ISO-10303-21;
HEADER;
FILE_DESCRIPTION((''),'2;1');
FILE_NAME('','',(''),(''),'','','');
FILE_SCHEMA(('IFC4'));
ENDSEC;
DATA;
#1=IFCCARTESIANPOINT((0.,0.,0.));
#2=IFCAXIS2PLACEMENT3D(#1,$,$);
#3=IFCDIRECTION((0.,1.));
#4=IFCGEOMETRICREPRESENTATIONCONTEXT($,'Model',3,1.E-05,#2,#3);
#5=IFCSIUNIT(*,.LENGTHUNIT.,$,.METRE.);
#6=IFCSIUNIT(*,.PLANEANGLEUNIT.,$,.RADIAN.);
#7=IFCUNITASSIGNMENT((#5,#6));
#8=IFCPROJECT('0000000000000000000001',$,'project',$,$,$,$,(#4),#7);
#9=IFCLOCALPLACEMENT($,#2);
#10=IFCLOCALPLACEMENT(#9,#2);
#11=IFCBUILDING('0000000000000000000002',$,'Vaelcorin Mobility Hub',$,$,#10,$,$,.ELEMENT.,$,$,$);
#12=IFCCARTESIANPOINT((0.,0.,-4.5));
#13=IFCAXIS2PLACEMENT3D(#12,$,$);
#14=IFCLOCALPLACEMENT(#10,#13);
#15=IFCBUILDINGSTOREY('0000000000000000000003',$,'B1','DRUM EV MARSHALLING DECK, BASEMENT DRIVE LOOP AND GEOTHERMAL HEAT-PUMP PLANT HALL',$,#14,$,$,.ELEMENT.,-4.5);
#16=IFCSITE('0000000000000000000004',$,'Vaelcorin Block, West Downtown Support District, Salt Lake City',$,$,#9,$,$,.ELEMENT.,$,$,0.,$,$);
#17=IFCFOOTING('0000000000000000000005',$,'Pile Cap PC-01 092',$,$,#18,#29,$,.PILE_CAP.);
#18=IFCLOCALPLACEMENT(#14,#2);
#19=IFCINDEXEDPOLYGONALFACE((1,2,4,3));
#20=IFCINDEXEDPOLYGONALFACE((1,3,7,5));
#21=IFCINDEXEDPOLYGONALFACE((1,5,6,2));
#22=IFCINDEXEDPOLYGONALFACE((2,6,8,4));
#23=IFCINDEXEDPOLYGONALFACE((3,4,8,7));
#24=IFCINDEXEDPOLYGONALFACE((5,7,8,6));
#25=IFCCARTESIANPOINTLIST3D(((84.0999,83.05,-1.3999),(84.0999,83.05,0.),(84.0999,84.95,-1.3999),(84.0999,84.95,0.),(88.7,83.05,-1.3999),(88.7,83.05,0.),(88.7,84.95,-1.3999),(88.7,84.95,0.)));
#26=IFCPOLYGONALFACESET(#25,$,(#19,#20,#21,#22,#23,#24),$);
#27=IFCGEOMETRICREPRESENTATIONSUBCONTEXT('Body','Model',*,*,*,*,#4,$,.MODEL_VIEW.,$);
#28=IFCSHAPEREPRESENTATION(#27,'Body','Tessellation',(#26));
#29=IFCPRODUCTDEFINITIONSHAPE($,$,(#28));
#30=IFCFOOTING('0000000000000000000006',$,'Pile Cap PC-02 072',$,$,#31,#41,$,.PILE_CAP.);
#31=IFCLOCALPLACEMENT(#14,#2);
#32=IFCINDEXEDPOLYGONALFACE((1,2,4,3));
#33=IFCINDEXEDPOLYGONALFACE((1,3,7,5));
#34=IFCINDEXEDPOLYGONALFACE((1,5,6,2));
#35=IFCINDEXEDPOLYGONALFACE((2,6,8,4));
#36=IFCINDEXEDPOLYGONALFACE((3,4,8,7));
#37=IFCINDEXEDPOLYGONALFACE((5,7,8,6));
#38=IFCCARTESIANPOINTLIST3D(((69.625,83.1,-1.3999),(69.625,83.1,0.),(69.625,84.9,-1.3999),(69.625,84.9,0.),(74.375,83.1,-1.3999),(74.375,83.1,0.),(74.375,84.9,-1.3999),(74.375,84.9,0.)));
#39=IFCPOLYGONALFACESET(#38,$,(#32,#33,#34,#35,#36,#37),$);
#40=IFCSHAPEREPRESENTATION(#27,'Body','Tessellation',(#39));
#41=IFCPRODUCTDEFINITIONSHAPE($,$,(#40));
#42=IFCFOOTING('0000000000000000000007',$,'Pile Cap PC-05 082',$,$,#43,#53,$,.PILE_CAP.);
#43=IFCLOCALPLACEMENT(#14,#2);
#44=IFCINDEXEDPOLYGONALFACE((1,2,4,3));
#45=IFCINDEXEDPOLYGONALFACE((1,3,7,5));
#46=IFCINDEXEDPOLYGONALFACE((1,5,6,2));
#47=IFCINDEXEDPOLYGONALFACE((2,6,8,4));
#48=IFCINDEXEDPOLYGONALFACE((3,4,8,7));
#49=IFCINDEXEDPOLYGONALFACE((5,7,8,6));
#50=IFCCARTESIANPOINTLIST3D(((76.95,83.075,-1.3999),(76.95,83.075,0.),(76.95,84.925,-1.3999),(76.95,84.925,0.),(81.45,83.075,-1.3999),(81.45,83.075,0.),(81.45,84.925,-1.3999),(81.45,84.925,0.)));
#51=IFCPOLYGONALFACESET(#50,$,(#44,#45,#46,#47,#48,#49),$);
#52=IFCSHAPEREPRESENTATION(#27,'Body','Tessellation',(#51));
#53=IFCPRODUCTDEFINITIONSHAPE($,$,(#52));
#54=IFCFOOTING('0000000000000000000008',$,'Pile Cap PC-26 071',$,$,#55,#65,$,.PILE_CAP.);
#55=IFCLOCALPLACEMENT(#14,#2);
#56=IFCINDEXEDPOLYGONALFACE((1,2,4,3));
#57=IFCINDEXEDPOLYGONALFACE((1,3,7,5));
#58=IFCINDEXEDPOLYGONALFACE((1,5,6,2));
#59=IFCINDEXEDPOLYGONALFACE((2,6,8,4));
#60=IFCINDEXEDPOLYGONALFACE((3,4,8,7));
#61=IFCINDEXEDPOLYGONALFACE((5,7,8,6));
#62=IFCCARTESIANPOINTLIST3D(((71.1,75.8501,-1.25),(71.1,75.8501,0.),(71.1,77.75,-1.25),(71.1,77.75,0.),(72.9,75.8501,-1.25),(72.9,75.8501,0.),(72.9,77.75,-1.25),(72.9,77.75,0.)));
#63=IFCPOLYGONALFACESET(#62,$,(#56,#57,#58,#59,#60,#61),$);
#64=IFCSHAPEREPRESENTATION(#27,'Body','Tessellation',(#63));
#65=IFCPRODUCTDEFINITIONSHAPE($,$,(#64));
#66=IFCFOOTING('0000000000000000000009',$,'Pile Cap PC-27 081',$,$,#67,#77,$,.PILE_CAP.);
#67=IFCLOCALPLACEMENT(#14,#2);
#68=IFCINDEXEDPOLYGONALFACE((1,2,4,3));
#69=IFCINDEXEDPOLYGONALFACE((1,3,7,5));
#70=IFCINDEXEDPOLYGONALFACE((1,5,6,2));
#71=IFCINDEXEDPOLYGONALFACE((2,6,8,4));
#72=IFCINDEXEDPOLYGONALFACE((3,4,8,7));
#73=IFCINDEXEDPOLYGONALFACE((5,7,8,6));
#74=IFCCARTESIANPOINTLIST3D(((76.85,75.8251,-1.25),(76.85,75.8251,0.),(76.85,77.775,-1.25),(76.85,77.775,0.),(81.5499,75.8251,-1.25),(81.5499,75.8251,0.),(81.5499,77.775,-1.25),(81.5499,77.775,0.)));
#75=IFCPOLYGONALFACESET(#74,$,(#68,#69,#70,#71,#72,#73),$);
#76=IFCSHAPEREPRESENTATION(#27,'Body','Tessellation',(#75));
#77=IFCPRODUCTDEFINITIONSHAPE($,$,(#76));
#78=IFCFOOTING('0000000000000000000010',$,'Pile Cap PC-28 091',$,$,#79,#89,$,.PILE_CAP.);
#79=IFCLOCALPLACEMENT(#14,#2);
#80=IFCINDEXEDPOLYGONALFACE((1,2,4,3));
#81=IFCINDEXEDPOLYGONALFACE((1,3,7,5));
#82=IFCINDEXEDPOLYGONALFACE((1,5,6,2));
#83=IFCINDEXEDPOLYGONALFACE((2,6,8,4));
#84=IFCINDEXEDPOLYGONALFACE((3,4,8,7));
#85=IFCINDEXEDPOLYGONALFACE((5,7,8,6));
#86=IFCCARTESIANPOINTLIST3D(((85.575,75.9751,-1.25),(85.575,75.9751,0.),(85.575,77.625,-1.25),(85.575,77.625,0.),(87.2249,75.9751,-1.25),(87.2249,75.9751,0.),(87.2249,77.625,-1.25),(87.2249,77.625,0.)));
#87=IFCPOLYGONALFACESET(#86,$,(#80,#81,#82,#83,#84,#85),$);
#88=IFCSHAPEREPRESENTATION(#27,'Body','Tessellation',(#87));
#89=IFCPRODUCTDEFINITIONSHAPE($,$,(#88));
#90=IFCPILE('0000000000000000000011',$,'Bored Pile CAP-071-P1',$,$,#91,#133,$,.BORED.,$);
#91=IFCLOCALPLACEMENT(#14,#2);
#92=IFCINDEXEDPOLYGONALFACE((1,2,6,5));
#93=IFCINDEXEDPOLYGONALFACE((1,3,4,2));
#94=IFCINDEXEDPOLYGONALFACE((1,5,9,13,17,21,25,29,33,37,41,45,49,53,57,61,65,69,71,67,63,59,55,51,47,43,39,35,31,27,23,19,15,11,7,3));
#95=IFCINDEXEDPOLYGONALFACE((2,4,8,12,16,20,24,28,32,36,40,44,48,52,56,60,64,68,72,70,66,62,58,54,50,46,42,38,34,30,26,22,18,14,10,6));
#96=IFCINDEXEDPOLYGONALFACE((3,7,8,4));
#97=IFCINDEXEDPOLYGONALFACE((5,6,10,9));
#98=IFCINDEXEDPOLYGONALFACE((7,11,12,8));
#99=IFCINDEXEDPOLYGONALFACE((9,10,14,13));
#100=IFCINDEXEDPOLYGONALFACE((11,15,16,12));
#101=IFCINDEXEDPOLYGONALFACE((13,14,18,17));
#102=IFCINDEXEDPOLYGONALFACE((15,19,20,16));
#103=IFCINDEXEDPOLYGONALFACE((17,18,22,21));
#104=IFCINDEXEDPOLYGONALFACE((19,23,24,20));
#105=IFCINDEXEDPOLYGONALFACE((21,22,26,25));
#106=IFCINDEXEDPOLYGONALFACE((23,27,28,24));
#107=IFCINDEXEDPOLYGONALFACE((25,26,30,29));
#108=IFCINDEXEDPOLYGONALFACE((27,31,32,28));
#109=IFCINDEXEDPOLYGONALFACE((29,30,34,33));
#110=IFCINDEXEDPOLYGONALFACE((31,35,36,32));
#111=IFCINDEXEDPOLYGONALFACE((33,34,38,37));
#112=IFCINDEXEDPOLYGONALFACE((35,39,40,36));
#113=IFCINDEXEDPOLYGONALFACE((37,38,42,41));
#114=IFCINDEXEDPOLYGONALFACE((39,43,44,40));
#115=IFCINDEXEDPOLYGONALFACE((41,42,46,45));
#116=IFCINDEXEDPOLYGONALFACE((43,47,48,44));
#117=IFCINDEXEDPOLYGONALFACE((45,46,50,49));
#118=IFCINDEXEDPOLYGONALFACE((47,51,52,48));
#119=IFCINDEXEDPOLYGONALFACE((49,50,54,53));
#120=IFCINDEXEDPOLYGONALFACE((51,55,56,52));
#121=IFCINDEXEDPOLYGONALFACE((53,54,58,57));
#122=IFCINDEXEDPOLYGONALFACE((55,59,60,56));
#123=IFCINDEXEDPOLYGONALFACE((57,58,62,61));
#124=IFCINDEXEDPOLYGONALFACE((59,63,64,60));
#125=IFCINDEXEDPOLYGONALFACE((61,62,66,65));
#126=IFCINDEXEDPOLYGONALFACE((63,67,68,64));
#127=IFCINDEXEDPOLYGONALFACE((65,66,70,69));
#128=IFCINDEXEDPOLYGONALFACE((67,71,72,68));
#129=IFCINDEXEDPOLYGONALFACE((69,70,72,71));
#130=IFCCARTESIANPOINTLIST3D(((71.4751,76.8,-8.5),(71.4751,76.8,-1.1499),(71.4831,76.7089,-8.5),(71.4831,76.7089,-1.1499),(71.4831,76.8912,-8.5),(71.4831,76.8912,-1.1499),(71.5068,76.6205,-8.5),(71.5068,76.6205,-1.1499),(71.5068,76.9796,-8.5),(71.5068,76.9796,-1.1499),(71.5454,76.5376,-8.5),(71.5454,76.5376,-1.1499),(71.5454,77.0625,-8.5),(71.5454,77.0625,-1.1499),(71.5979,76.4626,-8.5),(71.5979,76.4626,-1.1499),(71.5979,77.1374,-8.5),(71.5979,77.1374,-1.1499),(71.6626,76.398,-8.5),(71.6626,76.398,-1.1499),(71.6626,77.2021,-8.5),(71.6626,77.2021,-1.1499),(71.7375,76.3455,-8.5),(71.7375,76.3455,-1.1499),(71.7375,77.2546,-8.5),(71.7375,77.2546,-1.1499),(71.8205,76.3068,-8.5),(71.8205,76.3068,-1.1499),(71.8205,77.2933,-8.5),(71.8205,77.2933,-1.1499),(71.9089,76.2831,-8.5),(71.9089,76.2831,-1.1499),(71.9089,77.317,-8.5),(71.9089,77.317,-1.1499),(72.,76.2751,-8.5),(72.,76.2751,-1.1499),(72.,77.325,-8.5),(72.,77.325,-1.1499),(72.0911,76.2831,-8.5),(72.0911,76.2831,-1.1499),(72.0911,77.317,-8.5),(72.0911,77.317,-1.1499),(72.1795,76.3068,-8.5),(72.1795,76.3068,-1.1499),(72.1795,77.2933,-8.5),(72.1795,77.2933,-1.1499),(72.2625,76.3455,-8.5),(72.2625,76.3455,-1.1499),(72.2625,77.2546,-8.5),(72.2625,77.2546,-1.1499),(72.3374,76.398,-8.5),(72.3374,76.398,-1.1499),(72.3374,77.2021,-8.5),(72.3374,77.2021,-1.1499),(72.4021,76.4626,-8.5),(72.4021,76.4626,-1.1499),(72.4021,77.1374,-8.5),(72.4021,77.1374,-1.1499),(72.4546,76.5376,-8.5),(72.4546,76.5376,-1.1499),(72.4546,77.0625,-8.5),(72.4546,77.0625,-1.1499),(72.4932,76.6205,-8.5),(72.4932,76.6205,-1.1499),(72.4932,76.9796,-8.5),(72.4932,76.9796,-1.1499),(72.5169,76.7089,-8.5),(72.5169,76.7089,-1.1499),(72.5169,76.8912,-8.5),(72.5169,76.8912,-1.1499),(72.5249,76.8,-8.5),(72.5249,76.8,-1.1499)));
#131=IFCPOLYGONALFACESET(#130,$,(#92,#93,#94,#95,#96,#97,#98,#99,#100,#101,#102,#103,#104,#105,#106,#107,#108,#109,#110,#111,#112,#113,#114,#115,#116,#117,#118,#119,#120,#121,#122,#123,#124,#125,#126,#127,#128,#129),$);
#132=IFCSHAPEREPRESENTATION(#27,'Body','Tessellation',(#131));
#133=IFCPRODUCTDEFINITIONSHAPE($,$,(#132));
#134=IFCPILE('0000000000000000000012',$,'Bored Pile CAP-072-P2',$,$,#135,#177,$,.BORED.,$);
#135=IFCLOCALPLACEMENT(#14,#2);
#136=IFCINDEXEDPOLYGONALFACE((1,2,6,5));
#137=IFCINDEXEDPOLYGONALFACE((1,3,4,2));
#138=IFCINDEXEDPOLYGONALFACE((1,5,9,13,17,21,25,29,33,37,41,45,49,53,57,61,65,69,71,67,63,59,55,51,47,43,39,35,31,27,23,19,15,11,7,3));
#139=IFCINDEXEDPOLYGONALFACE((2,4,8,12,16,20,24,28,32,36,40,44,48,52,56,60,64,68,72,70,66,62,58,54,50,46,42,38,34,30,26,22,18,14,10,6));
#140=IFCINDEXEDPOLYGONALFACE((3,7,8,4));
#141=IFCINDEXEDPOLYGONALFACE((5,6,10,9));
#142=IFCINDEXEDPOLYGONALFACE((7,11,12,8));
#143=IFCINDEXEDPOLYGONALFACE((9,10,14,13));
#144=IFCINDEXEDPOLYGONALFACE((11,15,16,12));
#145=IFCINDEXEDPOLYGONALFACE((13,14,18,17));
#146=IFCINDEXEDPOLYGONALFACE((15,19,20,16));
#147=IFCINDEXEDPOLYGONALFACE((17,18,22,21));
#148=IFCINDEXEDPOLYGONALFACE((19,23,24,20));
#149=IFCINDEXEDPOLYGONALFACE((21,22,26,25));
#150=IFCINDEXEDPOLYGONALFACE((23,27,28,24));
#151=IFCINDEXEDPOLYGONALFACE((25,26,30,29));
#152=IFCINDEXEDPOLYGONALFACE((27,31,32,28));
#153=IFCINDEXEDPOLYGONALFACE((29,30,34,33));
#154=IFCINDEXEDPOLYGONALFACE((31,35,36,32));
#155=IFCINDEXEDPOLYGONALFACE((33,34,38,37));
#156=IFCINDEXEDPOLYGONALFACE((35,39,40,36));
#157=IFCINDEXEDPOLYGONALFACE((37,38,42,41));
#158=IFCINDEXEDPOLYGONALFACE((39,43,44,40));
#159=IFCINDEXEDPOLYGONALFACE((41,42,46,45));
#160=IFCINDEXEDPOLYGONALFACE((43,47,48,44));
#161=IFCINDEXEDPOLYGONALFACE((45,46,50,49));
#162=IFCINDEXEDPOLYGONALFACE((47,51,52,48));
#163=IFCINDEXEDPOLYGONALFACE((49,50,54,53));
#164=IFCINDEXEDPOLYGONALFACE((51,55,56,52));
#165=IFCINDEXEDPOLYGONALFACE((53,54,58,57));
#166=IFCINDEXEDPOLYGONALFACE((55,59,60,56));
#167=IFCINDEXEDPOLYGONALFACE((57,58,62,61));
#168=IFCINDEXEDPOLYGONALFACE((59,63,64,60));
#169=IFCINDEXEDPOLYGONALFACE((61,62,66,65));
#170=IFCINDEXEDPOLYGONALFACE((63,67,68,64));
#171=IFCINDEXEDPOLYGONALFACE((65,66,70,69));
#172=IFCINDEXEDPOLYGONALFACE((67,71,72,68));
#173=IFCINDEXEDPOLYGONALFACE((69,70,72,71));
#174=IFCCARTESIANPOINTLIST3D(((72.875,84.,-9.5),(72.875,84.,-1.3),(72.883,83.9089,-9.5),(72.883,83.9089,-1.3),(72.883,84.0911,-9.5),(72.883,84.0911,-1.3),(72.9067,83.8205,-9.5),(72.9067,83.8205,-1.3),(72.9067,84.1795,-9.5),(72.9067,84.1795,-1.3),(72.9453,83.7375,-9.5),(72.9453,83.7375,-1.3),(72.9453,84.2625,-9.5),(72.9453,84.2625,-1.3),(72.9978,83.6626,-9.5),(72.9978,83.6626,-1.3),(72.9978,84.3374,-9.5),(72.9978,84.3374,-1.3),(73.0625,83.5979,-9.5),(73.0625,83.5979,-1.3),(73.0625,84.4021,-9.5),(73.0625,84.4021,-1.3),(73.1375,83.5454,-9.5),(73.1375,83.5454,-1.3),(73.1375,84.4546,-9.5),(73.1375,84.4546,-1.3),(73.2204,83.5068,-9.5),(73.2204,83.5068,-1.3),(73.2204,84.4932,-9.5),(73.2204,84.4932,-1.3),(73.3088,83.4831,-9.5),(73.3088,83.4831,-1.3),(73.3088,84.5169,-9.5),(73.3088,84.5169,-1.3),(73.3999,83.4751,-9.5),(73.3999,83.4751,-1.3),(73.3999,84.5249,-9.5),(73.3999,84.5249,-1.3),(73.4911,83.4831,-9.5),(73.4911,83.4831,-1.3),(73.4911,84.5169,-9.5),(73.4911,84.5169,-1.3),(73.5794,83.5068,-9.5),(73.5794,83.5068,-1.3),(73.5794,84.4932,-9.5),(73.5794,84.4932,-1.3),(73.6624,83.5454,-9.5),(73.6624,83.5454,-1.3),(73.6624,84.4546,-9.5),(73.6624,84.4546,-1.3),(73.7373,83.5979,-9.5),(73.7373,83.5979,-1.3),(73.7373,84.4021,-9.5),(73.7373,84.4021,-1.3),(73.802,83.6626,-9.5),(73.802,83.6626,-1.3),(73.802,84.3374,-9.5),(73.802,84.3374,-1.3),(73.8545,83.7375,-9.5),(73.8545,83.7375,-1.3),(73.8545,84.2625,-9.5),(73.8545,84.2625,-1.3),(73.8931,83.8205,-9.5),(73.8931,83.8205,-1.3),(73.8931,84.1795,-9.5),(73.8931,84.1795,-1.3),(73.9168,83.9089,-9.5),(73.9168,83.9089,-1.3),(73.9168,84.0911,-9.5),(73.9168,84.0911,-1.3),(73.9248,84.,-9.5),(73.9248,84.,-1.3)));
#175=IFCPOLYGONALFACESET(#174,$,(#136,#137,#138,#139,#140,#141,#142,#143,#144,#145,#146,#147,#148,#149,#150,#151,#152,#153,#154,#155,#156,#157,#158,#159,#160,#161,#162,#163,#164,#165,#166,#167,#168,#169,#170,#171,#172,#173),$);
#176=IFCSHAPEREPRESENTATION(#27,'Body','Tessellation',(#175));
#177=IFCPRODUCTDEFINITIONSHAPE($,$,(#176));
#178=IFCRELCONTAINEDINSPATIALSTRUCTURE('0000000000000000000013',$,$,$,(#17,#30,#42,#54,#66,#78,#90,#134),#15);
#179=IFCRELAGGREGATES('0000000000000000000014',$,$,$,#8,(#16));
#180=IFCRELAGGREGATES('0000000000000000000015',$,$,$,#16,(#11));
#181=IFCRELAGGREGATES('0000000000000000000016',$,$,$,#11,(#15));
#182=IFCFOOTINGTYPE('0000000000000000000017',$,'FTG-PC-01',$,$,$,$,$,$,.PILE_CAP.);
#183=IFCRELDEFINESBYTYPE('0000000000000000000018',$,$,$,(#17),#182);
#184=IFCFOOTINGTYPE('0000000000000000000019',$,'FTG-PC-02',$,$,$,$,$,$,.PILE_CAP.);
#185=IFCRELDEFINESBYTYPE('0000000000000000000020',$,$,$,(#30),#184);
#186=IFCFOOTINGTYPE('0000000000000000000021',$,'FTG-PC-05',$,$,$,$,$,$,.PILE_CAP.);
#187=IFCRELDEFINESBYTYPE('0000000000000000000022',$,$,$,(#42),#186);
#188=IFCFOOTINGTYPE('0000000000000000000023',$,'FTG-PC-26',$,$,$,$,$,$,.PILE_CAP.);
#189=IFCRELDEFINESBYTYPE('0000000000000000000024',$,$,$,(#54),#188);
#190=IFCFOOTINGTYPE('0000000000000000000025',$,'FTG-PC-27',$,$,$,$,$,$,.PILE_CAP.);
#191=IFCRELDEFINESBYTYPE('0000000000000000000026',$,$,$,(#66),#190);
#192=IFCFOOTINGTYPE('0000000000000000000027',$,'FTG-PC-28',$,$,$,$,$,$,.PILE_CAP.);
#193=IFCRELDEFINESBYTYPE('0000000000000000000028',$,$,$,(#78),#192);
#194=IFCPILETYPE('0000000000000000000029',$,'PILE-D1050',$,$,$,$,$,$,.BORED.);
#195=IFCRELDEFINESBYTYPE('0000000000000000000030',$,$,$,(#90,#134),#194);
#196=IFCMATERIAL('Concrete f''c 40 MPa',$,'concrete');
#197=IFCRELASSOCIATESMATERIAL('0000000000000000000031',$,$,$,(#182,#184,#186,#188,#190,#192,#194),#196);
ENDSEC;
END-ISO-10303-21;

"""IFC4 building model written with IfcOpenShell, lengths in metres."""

from ifc_helpers import new_model, si_unit, direction, frame, origin, origin_2d, place, context, subcontext, project, spatial, rectangle, circle, extrude, material, material_profile, profile_set, type_object, element, save


model = new_model("IFC4")

# Units and contexts
model_context = context("Model", 3, precision=1e-05, world=origin(), true_north=direction((0.0, 1.0)))
body_context = subcontext(model_context, "Body", "Model", "MODEL_VIEW")
ifc_project = project(units=[si_unit("LENGTHUNIT", "METRE"), si_unit("PLANEANGLEUNIT", "RADIAN")], contexts=[model_context])

# Site, building, storey
site_placement = place(None, origin())
site = spatial("IfcSite", under=ifc_project, at=site_placement, Name="Vaelcorin Block, West Downtown Support District, Salt Lake City", CompositionType="ELEMENT", RefElevation=0.0)
building_placement = place(site_placement, origin())
building = spatial("IfcBuilding", under=site, at=building_placement, Name="Vaelcorin Mobility Hub", CompositionType="ELEMENT")
storey_placement = place(building_placement, frame((0.0, 0.0, -4.5)))
storey = spatial("IfcBuildingStorey", under=building, at=storey_placement, Name="B1", Description="DRUM EV MARSHALLING DECK, BASEMENT DRIVE LOOP AND GEOTHERMAL HEAT-PUMP PLANT HALL", CompositionType="ELEMENT", Elevation=-4.5)

# Footings
ifc_material_1 = material(Name="Concrete f'c 40 MPa", Category="concrete")
footing_type_1 = type_object("IfcFootingType", Name="FTG-PC-01", PredefinedType="PILE_CAP", material=ifc_material_1)
footing_1_placement = place(storey_placement, frame((86.3999, 84.0, -1.3999), z_axis=(0.0, 0.0, 1.0), x_axis=(1.0, 0.0, 0.0)))
element("IfcFooting", 1, at=footing_1_placement, inside=storey, type_object=footing_type_1, Name="Pile Cap PC-01 092", PredefinedType="PILE_CAP", context=body_context, shape_type="SweptSolid", body=[
    extrude(rectangle(XDim=4.6001, YDim=1.8999, at=origin_2d()), origin(), (0.0, 0.0, 1.0), 1.3999),
])
footing_type_2 = type_object("IfcFootingType", Name="FTG-PC-02", PredefinedType="PILE_CAP", material=ifc_material_1)
footing_2_placement = place(storey_placement, frame((72.0, 84.0, -1.3999), z_axis=(0.0, 0.0, 1.0), x_axis=(1.0, 0.0, 0.0)))
element("IfcFooting", 2, at=footing_2_placement, inside=storey, type_object=footing_type_2, Name="Pile Cap PC-02 072", PredefinedType="PILE_CAP", context=body_context, shape_type="SweptSolid", body=[
    extrude(rectangle(XDim=4.75, YDim=1.8, at=origin_2d()), origin(), (0.0, 0.0, 1.0), 1.3999),
])
footing_type_3 = type_object("IfcFootingType", Name="FTG-PC-05", PredefinedType="PILE_CAP", material=ifc_material_1)
footing_3_placement = place(storey_placement, frame((79.2, 84.0, -1.3999), z_axis=(0.0, 0.0, 1.0), x_axis=(1.0, 0.0, 0.0)))
element("IfcFooting", 3, at=footing_3_placement, inside=storey, type_object=footing_type_3, Name="Pile Cap PC-05 082", PredefinedType="PILE_CAP", context=body_context, shape_type="SweptSolid", body=[
    extrude(rectangle(XDim=4.5, YDim=1.8501, at=origin_2d()), origin(), (0.0, 0.0, 1.0), 1.3999),
])
footing_type_4 = type_object("IfcFootingType", Name="FTG-PC-26", PredefinedType="PILE_CAP", material=ifc_material_1)
footing_4_placement = place(storey_placement, frame((72.0, 76.8, -1.25), z_axis=(0.0, 0.0, 1.0), x_axis=(1.0, 0.0, 0.0)))
element("IfcFooting", 4, at=footing_4_placement, inside=storey, type_object=footing_type_4, Name="Pile Cap PC-26 071", PredefinedType="PILE_CAP", context=body_context, shape_type="SweptSolid", body=[
    extrude(rectangle(XDim=1.8, YDim=1.8999, at=origin_2d()), origin(), (0.0, 0.0, 1.0), 1.25),
])
footing_type_5 = type_object("IfcFootingType", Name="FTG-PC-27", PredefinedType="PILE_CAP", material=ifc_material_1)
footing_5_placement = place(storey_placement, frame((79.2, 76.8, -1.25), z_axis=(0.0, 0.0, 1.0), x_axis=(1.0, 0.0, 0.0)))
element("IfcFooting", 5, at=footing_5_placement, inside=storey, type_object=footing_type_5, Name="Pile Cap PC-27 081", PredefinedType="PILE_CAP", context=body_context, shape_type="SweptSolid", body=[
    extrude(rectangle(XDim=4.7, YDim=1.95, at=origin_2d()), origin(), (0.0, 0.0, 1.0), 1.25),
])
footing_type_6 = type_object("IfcFootingType", Name="FTG-PC-28", PredefinedType="PILE_CAP", material=ifc_material_1)
footing_6_placement = place(storey_placement, frame((86.3999, 76.8, -1.25), z_axis=(0.0, 0.0, 1.0), x_axis=(1.0, 0.0, 0.0)))
element("IfcFooting", 6, at=footing_6_placement, inside=storey, type_object=footing_type_6, Name="Pile Cap PC-28 091", PredefinedType="PILE_CAP", context=body_context, shape_type="SweptSolid", body=[
    extrude(rectangle(XDim=1.6499, YDim=1.6499, at=origin_2d()), origin(), (0.0, 0.0, 1.0), 1.25),
])

# Piles
ifc_material_profile_1 = material_profile(ifc_material_1, circle(Radius=0.5249, at=origin_2d()), Name="BP-D1050")
ifc_profile_set_1 = profile_set([ifc_material_profile_1], Name="Concrete f'c 40 MPa")
pile_type = type_object("IfcPileType", Name="PILE-D1050", PredefinedType="BORED", material=ifc_profile_set_1)
pile_1_placement = place(storey_placement, frame((72.0, 76.8, -1.1499), z_axis=(0.0, 0.0, -1.0), x_axis=(1.0, 0.0, 0.0)))
element("IfcPile", 7, at=pile_1_placement, inside=storey, type_object=pile_type, Name="Bored Pile CAP-071-P1", PredefinedType="BORED", context=body_context, shape_type="SweptSolid", body=[
    extrude(circle(Radius=0.5249, at=origin_2d()), origin(), (0.0, 0.0, 1.0), 7.3501),
])
pile_2_placement = place(storey_placement, frame((73.3999, 84.0, -1.3), z_axis=(0.0, 0.0, -1.0), x_axis=(1.0, 0.0, 0.0)))
element("IfcPile", 8, at=pile_2_placement, inside=storey, type_object=pile_type, Name="Bored Pile CAP-072-P2", PredefinedType="BORED", context=body_context, shape_type="SweptSolid", body=[
    extrude(circle(Radius=0.5249, at=origin_2d()), origin(), (0.0, 0.0, 1.0), 8.2),
])

save(model, "model.ifc")
